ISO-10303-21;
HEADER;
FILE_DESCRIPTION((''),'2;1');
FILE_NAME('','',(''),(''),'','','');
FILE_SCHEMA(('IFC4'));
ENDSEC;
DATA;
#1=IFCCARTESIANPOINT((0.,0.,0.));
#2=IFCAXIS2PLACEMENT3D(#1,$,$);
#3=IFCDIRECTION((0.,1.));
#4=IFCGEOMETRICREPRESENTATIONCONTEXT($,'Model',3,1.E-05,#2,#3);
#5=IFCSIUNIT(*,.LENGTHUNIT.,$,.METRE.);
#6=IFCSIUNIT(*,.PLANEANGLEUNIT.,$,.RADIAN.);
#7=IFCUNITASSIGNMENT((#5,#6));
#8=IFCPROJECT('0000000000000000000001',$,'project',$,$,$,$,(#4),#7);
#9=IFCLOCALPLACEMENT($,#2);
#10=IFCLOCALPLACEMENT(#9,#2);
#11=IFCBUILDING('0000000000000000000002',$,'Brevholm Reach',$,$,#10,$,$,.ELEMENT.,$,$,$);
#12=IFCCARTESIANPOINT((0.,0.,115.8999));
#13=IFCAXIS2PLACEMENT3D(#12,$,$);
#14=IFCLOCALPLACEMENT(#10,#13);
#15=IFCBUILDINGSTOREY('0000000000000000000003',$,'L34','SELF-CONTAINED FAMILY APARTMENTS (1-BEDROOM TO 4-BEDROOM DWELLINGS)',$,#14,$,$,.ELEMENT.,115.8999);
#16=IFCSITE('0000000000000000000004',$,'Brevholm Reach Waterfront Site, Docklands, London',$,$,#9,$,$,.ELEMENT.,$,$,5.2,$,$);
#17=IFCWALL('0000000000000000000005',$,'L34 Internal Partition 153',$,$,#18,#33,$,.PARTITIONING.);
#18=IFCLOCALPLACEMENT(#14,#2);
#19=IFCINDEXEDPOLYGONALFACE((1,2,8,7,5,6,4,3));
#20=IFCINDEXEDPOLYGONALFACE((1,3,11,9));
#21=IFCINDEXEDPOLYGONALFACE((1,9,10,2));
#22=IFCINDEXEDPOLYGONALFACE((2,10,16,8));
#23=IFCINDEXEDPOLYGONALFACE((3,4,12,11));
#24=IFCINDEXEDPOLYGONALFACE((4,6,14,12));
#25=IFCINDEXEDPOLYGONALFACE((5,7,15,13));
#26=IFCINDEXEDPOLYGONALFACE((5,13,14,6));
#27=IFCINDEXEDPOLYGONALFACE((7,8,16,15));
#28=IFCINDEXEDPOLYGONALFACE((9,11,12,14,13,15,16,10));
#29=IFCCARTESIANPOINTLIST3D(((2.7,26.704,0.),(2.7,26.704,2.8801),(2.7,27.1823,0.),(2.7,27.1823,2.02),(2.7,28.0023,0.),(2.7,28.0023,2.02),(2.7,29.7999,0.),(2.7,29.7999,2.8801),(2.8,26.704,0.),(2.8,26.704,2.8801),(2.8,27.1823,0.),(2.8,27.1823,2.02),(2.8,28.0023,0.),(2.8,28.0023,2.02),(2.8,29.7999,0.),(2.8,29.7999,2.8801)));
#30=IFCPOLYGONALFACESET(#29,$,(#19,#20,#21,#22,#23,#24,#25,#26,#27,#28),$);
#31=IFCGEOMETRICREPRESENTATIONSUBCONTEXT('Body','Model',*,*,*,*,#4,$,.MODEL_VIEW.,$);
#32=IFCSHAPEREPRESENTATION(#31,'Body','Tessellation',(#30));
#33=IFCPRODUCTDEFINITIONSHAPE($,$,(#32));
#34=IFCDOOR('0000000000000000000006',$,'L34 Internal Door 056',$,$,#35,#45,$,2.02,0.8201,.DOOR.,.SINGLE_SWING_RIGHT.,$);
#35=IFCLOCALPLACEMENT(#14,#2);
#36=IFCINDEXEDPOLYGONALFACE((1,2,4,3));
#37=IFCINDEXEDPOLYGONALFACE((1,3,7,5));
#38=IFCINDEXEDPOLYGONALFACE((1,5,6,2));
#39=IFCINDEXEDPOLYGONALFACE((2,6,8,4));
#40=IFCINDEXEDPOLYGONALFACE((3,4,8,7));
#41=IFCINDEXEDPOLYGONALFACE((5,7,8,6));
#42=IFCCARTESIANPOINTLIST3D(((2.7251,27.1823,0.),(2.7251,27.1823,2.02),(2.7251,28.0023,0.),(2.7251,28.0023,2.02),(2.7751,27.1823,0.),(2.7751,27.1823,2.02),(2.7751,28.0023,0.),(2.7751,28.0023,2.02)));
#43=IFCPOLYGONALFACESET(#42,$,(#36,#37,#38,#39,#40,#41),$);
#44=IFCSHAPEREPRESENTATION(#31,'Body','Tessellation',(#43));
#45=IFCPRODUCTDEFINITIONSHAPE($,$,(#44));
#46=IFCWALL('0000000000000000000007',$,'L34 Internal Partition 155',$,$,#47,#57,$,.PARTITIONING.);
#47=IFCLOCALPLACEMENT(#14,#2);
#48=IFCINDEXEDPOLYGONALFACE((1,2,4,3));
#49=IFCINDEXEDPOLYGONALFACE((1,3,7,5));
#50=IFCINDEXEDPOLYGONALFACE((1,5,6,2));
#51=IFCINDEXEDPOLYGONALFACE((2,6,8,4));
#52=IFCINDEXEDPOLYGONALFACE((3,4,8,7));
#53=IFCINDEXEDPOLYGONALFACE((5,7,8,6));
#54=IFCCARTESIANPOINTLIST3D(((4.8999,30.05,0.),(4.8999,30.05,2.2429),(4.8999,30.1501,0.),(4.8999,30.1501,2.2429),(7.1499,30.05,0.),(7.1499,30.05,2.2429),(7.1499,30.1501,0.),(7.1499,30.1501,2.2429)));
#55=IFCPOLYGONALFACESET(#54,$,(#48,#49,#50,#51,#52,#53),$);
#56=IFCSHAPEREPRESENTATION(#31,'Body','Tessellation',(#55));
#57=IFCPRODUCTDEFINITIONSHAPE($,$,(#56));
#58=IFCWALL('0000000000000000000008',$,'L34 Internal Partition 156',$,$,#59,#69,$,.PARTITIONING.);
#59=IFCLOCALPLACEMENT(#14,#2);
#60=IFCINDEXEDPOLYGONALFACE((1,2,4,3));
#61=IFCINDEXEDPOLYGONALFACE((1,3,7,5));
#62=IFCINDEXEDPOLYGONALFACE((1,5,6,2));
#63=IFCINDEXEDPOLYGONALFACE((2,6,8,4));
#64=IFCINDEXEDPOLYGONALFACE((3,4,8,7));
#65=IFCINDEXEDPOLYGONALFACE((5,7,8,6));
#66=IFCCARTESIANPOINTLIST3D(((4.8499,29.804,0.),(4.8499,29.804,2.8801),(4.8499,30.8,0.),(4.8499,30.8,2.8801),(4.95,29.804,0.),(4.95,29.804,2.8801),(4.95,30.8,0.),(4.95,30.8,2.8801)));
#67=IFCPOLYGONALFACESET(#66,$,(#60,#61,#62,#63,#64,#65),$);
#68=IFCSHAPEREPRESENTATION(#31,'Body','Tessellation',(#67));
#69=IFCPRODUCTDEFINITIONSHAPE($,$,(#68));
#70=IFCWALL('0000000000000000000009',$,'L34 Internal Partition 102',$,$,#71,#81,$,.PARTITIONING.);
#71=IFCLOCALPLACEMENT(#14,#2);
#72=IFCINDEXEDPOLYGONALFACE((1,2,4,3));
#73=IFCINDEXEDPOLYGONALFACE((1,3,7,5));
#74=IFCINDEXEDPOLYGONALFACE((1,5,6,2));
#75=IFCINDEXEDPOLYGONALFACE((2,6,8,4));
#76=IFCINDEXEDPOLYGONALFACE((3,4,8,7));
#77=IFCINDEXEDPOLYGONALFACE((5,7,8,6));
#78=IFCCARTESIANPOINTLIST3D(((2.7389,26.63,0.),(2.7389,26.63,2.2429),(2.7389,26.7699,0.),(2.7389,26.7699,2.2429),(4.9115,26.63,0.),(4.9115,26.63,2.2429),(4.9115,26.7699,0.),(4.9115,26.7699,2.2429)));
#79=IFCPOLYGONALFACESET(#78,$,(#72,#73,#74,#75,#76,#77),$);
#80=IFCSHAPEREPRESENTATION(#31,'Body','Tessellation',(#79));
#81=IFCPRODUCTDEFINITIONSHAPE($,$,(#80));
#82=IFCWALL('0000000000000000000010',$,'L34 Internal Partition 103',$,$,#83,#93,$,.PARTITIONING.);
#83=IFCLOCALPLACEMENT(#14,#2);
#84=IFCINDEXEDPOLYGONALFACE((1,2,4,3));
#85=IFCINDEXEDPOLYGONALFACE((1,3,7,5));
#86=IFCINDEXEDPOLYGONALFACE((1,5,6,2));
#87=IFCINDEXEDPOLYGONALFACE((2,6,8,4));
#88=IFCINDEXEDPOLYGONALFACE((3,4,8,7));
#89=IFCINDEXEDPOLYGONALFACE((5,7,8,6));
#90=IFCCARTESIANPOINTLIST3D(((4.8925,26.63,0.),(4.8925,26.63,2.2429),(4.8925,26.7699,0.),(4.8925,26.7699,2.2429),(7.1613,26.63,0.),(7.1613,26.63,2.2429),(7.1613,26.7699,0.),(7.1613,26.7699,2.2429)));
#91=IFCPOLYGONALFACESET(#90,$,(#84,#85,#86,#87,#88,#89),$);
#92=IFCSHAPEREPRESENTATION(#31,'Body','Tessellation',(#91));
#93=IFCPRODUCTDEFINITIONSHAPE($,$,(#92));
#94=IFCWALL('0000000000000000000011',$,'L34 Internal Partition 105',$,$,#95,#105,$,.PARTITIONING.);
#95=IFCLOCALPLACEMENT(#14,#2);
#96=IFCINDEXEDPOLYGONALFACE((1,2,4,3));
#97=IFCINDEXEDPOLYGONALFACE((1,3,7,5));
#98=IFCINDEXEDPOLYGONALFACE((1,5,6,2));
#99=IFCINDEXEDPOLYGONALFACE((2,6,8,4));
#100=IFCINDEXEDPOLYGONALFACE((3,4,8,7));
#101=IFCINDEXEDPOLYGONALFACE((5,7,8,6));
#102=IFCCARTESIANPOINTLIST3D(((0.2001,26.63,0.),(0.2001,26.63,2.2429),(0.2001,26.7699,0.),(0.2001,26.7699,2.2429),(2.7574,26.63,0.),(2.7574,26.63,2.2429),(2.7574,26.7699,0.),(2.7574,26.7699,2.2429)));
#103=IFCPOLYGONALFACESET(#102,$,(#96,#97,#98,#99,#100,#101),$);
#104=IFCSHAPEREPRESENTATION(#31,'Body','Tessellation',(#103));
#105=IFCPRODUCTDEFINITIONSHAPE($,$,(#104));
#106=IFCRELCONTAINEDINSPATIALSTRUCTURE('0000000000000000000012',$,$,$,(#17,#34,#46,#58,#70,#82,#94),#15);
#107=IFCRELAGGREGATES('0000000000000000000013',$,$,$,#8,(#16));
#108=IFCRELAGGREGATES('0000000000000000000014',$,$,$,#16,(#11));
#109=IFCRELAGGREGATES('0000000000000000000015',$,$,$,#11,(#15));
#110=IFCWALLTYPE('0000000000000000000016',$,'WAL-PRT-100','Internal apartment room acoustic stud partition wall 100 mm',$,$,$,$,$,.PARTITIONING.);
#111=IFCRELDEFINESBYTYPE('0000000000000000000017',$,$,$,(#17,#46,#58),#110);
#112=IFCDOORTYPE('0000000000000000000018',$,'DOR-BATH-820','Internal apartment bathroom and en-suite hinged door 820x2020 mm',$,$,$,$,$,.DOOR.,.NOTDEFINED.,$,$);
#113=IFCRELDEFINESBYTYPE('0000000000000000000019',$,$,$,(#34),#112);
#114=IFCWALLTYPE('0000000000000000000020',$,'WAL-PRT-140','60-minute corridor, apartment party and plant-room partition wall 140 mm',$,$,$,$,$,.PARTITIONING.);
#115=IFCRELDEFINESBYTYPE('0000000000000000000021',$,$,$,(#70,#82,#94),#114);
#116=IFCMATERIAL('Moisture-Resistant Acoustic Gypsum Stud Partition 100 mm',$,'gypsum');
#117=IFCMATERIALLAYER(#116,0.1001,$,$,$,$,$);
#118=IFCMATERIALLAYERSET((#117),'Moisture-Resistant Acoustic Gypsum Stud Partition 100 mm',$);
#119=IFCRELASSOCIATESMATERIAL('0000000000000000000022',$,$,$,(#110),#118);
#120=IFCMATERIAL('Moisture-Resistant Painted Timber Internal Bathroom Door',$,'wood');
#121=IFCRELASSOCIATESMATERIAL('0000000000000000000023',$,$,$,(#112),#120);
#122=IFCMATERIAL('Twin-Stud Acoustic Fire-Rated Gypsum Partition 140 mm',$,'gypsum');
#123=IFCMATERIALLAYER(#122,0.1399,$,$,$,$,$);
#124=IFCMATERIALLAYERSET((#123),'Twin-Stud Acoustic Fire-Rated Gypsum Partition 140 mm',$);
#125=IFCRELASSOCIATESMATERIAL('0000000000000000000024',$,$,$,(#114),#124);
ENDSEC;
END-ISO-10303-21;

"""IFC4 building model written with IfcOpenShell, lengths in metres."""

from ifc_helpers import new_model, si_unit, direction, frame, frame_2d, origin, place, context, subcontext, project, spatial, rectangle, extrude, material, layer, layer_set, type_object, element, fill, save


model = new_model("IFC4")

# Units and contexts
model_context = context("Model", 3, precision=1e-05, world=origin(), true_north=direction((0.0, 1.0)))
body_context = subcontext(model_context, "Body", "Model", "MODEL_VIEW")
ifc_project = project(units=[si_unit("LENGTHUNIT", "METRE"), si_unit("PLANEANGLEUNIT", "RADIAN")], contexts=[model_context])

# Site, building, storey
site_placement = place(None, origin())
site = spatial("IfcSite", under=ifc_project, at=site_placement, Name="Brevholm Reach Waterfront Site, Docklands, London", CompositionType="ELEMENT", RefElevation=5.2)
building_placement = place(site_placement, origin())
building = spatial("IfcBuilding", under=site, at=building_placement, Name="Brevholm Reach", CompositionType="ELEMENT")
storey_placement = place(building_placement, frame((0.0, 0.0, 115.8999)))
storey = spatial("IfcBuildingStorey", under=building, at=storey_placement, Name="L34", Description="SELF-CONTAINED FAMILY APARTMENTS (1-BEDROOM TO 4-BEDROOM DWELLINGS)", CompositionType="ELEMENT", Elevation=115.8999)

# Shared definitions
ifc_material_1 = material(Name="Moisture-Resistant Acoustic Gypsum Stud Partition 100 mm", Category="gypsum")
ifc_layer_1 = layer(ifc_material_1, 0.1001)
ifc_layer_set_1 = layer_set([ifc_layer_1], Name="Moisture-Resistant Acoustic Gypsum Stud Partition 100 mm")
wall_type_1 = type_object("IfcWallType", Name="WAL-PRT-100", Description="Internal apartment room acoustic stud partition wall 100 mm", PredefinedType="PARTITIONING", material=ifc_layer_set_1)

# Wall, opening, door
wall_1_placement = place(storey_placement, frame((2.75, 26.7041, 0.0), z_axis=(0.0, 0.0, 1.0), x_axis=(0.0, 1.0, 0.0)))
wall_1 = element("IfcWall", 1, at=wall_1_placement, inside=storey, type_object=wall_type_1, Name="L34 Internal Partition 153", PredefinedType="PARTITIONING", context=body_context, shape_type="SweptSolid", body=[
    extrude(rectangle(XDim=3.0959, YDim=0.1001, at=frame_2d((1.5479, 0.0))), origin(), (0.0, 0.0, 1.0), 2.8801),
])
opening_1_placement = place(wall_1_placement, frame((0.478, 0.0, 0.0)))
opening_1 = element("IfcOpeningElement", 2, at=opening_1_placement, cuts=wall_1, PredefinedType="OPENING", context=body_context, shape_type="SweptSolid", body=[
    extrude(rectangle(XDim=0.8201, YDim=2.02, at=frame_2d((0.4102, 1.01))), frame((0.0, 0.0601, 0.0), z_axis=(0.0, -1.0, 0.0), x_axis=(1.0, 0.0, 0.0)), (0.0, 0.0, 1.0), 0.1201),
])
ifc_material_2 = material(Name="Moisture-Resistant Painted Timber Internal Bathroom Door", Category="wood")
door_type = type_object("IfcDoorType", Name="DOR-BATH-820", Description="Internal apartment bathroom and en-suite hinged door 820x2020 mm", OperationType="NOTDEFINED", PredefinedType="DOOR", material=ifc_material_2)
door_placement = place(opening_1_placement, origin())
door = element("IfcDoor", 3, at=door_placement, inside=storey, type_object=door_type, Name="L34 Internal Door 056", OperationType="SINGLE_SWING_RIGHT", OverallHeight=2.02, OverallWidth=0.8201, PredefinedType="DOOR", context=body_context, shape_type="SweptSolid", body=[
    extrude(rectangle(XDim=0.8201, YDim=2.02, at=frame_2d((0.4102, 1.01))), frame((0.0, 0.0249, 0.0), z_axis=(0.0, -1.0, 0.0), x_axis=(1.0, 0.0, 0.0)), (0.0, 0.0, 1.0), 0.05),
])
fill(opening_1, door)

# Walls
wall_2_placement = place(storey_placement, frame((4.8999, 30.1001, 0.0), z_axis=(0.0, 0.0, 1.0), x_axis=(1.0, 0.0, 0.0)))
element("IfcWall", 4, at=wall_2_placement, inside=storey, type_object=wall_type_1, Name="L34 Internal Partition 155", PredefinedType="PARTITIONING", context=body_context, shape_type="SweptSolid", body=[
    extrude(rectangle(XDim=2.25, YDim=0.1001, at=frame_2d((1.125, 0.0))), origin(), (0.0, 0.0, 1.0), 2.2429),
])
wall_3_placement = place(storey_placement, frame((4.8999, 29.804, 0.0), z_axis=(0.0, 0.0, 1.0), x_axis=(0.0, 1.0, 0.0)))
element("IfcWall", 5, at=wall_3_placement, inside=storey, type_object=wall_type_1, Name="L34 Internal Partition 156", PredefinedType="PARTITIONING", context=body_context, shape_type="SweptSolid", body=[
    extrude(rectangle(XDim=0.9961, YDim=0.1001, at=frame_2d((0.498, 0.0))), origin(), (0.0, 0.0, 1.0), 2.8801),
])
ifc_material_3 = material(Name="Twin-Stud Acoustic Fire-Rated Gypsum Partition 140 mm", Category="gypsum")
ifc_layer_2 = layer(ifc_material_3, 0.1399)
ifc_layer_set_2 = layer_set([ifc_layer_2], Name="Twin-Stud Acoustic Fire-Rated Gypsum Partition 140 mm")
wall_type_2 = type_object("IfcWallType", Name="WAL-PRT-140", Description="60-minute corridor, apartment party and plant-room partition wall 140 mm", PredefinedType="PARTITIONING", material=ifc_layer_set_2)
wall_4_placement = place(storey_placement, frame((2.7388, 26.7, 0.0), z_axis=(0.0, 0.0, 1.0), x_axis=(1.0, 0.0, 0.0)))
element("IfcWall", 6, at=wall_4_placement, inside=storey, type_object=wall_type_2, Name="L34 Internal Partition 102", PredefinedType="PARTITIONING", context=body_context, shape_type="SweptSolid", body=[
    extrude(rectangle(XDim=2.1726, YDim=0.1399, at=frame_2d((1.0864, 0.0))), origin(), (0.0, 0.0, 1.0), 2.2429),
])
wall_5_placement = place(storey_placement, frame((4.8926, 26.7, 0.0), z_axis=(0.0, 0.0, 1.0), x_axis=(1.0, 0.0, 0.0)))
element("IfcWall", 7, at=wall_5_placement, inside=storey, type_object=wall_type_2, Name="L34 Internal Partition 103", PredefinedType="PARTITIONING", context=body_context, shape_type="SweptSolid", body=[
    extrude(rectangle(XDim=2.2688, YDim=0.1399, at=frame_2d((1.1343, 0.0))), origin(), (0.0, 0.0, 1.0), 2.2429),
])
wall_6_placement = place(storey_placement, frame((0.2, 26.7, 0.0), z_axis=(0.0, 0.0, 1.0), x_axis=(1.0, 0.0, 0.0)))
element("IfcWall", 8, at=wall_6_placement, inside=storey, type_object=wall_type_2, Name="L34 Internal Partition 105", PredefinedType="PARTITIONING", context=body_context, shape_type="SweptSolid", body=[
    extrude(rectangle(XDim=2.5574, YDim=0.1399, at=frame_2d((1.2788, 0.0))), origin(), (0.0, 0.0, 1.0), 2.2429),
])

save(model, "model.ifc")
